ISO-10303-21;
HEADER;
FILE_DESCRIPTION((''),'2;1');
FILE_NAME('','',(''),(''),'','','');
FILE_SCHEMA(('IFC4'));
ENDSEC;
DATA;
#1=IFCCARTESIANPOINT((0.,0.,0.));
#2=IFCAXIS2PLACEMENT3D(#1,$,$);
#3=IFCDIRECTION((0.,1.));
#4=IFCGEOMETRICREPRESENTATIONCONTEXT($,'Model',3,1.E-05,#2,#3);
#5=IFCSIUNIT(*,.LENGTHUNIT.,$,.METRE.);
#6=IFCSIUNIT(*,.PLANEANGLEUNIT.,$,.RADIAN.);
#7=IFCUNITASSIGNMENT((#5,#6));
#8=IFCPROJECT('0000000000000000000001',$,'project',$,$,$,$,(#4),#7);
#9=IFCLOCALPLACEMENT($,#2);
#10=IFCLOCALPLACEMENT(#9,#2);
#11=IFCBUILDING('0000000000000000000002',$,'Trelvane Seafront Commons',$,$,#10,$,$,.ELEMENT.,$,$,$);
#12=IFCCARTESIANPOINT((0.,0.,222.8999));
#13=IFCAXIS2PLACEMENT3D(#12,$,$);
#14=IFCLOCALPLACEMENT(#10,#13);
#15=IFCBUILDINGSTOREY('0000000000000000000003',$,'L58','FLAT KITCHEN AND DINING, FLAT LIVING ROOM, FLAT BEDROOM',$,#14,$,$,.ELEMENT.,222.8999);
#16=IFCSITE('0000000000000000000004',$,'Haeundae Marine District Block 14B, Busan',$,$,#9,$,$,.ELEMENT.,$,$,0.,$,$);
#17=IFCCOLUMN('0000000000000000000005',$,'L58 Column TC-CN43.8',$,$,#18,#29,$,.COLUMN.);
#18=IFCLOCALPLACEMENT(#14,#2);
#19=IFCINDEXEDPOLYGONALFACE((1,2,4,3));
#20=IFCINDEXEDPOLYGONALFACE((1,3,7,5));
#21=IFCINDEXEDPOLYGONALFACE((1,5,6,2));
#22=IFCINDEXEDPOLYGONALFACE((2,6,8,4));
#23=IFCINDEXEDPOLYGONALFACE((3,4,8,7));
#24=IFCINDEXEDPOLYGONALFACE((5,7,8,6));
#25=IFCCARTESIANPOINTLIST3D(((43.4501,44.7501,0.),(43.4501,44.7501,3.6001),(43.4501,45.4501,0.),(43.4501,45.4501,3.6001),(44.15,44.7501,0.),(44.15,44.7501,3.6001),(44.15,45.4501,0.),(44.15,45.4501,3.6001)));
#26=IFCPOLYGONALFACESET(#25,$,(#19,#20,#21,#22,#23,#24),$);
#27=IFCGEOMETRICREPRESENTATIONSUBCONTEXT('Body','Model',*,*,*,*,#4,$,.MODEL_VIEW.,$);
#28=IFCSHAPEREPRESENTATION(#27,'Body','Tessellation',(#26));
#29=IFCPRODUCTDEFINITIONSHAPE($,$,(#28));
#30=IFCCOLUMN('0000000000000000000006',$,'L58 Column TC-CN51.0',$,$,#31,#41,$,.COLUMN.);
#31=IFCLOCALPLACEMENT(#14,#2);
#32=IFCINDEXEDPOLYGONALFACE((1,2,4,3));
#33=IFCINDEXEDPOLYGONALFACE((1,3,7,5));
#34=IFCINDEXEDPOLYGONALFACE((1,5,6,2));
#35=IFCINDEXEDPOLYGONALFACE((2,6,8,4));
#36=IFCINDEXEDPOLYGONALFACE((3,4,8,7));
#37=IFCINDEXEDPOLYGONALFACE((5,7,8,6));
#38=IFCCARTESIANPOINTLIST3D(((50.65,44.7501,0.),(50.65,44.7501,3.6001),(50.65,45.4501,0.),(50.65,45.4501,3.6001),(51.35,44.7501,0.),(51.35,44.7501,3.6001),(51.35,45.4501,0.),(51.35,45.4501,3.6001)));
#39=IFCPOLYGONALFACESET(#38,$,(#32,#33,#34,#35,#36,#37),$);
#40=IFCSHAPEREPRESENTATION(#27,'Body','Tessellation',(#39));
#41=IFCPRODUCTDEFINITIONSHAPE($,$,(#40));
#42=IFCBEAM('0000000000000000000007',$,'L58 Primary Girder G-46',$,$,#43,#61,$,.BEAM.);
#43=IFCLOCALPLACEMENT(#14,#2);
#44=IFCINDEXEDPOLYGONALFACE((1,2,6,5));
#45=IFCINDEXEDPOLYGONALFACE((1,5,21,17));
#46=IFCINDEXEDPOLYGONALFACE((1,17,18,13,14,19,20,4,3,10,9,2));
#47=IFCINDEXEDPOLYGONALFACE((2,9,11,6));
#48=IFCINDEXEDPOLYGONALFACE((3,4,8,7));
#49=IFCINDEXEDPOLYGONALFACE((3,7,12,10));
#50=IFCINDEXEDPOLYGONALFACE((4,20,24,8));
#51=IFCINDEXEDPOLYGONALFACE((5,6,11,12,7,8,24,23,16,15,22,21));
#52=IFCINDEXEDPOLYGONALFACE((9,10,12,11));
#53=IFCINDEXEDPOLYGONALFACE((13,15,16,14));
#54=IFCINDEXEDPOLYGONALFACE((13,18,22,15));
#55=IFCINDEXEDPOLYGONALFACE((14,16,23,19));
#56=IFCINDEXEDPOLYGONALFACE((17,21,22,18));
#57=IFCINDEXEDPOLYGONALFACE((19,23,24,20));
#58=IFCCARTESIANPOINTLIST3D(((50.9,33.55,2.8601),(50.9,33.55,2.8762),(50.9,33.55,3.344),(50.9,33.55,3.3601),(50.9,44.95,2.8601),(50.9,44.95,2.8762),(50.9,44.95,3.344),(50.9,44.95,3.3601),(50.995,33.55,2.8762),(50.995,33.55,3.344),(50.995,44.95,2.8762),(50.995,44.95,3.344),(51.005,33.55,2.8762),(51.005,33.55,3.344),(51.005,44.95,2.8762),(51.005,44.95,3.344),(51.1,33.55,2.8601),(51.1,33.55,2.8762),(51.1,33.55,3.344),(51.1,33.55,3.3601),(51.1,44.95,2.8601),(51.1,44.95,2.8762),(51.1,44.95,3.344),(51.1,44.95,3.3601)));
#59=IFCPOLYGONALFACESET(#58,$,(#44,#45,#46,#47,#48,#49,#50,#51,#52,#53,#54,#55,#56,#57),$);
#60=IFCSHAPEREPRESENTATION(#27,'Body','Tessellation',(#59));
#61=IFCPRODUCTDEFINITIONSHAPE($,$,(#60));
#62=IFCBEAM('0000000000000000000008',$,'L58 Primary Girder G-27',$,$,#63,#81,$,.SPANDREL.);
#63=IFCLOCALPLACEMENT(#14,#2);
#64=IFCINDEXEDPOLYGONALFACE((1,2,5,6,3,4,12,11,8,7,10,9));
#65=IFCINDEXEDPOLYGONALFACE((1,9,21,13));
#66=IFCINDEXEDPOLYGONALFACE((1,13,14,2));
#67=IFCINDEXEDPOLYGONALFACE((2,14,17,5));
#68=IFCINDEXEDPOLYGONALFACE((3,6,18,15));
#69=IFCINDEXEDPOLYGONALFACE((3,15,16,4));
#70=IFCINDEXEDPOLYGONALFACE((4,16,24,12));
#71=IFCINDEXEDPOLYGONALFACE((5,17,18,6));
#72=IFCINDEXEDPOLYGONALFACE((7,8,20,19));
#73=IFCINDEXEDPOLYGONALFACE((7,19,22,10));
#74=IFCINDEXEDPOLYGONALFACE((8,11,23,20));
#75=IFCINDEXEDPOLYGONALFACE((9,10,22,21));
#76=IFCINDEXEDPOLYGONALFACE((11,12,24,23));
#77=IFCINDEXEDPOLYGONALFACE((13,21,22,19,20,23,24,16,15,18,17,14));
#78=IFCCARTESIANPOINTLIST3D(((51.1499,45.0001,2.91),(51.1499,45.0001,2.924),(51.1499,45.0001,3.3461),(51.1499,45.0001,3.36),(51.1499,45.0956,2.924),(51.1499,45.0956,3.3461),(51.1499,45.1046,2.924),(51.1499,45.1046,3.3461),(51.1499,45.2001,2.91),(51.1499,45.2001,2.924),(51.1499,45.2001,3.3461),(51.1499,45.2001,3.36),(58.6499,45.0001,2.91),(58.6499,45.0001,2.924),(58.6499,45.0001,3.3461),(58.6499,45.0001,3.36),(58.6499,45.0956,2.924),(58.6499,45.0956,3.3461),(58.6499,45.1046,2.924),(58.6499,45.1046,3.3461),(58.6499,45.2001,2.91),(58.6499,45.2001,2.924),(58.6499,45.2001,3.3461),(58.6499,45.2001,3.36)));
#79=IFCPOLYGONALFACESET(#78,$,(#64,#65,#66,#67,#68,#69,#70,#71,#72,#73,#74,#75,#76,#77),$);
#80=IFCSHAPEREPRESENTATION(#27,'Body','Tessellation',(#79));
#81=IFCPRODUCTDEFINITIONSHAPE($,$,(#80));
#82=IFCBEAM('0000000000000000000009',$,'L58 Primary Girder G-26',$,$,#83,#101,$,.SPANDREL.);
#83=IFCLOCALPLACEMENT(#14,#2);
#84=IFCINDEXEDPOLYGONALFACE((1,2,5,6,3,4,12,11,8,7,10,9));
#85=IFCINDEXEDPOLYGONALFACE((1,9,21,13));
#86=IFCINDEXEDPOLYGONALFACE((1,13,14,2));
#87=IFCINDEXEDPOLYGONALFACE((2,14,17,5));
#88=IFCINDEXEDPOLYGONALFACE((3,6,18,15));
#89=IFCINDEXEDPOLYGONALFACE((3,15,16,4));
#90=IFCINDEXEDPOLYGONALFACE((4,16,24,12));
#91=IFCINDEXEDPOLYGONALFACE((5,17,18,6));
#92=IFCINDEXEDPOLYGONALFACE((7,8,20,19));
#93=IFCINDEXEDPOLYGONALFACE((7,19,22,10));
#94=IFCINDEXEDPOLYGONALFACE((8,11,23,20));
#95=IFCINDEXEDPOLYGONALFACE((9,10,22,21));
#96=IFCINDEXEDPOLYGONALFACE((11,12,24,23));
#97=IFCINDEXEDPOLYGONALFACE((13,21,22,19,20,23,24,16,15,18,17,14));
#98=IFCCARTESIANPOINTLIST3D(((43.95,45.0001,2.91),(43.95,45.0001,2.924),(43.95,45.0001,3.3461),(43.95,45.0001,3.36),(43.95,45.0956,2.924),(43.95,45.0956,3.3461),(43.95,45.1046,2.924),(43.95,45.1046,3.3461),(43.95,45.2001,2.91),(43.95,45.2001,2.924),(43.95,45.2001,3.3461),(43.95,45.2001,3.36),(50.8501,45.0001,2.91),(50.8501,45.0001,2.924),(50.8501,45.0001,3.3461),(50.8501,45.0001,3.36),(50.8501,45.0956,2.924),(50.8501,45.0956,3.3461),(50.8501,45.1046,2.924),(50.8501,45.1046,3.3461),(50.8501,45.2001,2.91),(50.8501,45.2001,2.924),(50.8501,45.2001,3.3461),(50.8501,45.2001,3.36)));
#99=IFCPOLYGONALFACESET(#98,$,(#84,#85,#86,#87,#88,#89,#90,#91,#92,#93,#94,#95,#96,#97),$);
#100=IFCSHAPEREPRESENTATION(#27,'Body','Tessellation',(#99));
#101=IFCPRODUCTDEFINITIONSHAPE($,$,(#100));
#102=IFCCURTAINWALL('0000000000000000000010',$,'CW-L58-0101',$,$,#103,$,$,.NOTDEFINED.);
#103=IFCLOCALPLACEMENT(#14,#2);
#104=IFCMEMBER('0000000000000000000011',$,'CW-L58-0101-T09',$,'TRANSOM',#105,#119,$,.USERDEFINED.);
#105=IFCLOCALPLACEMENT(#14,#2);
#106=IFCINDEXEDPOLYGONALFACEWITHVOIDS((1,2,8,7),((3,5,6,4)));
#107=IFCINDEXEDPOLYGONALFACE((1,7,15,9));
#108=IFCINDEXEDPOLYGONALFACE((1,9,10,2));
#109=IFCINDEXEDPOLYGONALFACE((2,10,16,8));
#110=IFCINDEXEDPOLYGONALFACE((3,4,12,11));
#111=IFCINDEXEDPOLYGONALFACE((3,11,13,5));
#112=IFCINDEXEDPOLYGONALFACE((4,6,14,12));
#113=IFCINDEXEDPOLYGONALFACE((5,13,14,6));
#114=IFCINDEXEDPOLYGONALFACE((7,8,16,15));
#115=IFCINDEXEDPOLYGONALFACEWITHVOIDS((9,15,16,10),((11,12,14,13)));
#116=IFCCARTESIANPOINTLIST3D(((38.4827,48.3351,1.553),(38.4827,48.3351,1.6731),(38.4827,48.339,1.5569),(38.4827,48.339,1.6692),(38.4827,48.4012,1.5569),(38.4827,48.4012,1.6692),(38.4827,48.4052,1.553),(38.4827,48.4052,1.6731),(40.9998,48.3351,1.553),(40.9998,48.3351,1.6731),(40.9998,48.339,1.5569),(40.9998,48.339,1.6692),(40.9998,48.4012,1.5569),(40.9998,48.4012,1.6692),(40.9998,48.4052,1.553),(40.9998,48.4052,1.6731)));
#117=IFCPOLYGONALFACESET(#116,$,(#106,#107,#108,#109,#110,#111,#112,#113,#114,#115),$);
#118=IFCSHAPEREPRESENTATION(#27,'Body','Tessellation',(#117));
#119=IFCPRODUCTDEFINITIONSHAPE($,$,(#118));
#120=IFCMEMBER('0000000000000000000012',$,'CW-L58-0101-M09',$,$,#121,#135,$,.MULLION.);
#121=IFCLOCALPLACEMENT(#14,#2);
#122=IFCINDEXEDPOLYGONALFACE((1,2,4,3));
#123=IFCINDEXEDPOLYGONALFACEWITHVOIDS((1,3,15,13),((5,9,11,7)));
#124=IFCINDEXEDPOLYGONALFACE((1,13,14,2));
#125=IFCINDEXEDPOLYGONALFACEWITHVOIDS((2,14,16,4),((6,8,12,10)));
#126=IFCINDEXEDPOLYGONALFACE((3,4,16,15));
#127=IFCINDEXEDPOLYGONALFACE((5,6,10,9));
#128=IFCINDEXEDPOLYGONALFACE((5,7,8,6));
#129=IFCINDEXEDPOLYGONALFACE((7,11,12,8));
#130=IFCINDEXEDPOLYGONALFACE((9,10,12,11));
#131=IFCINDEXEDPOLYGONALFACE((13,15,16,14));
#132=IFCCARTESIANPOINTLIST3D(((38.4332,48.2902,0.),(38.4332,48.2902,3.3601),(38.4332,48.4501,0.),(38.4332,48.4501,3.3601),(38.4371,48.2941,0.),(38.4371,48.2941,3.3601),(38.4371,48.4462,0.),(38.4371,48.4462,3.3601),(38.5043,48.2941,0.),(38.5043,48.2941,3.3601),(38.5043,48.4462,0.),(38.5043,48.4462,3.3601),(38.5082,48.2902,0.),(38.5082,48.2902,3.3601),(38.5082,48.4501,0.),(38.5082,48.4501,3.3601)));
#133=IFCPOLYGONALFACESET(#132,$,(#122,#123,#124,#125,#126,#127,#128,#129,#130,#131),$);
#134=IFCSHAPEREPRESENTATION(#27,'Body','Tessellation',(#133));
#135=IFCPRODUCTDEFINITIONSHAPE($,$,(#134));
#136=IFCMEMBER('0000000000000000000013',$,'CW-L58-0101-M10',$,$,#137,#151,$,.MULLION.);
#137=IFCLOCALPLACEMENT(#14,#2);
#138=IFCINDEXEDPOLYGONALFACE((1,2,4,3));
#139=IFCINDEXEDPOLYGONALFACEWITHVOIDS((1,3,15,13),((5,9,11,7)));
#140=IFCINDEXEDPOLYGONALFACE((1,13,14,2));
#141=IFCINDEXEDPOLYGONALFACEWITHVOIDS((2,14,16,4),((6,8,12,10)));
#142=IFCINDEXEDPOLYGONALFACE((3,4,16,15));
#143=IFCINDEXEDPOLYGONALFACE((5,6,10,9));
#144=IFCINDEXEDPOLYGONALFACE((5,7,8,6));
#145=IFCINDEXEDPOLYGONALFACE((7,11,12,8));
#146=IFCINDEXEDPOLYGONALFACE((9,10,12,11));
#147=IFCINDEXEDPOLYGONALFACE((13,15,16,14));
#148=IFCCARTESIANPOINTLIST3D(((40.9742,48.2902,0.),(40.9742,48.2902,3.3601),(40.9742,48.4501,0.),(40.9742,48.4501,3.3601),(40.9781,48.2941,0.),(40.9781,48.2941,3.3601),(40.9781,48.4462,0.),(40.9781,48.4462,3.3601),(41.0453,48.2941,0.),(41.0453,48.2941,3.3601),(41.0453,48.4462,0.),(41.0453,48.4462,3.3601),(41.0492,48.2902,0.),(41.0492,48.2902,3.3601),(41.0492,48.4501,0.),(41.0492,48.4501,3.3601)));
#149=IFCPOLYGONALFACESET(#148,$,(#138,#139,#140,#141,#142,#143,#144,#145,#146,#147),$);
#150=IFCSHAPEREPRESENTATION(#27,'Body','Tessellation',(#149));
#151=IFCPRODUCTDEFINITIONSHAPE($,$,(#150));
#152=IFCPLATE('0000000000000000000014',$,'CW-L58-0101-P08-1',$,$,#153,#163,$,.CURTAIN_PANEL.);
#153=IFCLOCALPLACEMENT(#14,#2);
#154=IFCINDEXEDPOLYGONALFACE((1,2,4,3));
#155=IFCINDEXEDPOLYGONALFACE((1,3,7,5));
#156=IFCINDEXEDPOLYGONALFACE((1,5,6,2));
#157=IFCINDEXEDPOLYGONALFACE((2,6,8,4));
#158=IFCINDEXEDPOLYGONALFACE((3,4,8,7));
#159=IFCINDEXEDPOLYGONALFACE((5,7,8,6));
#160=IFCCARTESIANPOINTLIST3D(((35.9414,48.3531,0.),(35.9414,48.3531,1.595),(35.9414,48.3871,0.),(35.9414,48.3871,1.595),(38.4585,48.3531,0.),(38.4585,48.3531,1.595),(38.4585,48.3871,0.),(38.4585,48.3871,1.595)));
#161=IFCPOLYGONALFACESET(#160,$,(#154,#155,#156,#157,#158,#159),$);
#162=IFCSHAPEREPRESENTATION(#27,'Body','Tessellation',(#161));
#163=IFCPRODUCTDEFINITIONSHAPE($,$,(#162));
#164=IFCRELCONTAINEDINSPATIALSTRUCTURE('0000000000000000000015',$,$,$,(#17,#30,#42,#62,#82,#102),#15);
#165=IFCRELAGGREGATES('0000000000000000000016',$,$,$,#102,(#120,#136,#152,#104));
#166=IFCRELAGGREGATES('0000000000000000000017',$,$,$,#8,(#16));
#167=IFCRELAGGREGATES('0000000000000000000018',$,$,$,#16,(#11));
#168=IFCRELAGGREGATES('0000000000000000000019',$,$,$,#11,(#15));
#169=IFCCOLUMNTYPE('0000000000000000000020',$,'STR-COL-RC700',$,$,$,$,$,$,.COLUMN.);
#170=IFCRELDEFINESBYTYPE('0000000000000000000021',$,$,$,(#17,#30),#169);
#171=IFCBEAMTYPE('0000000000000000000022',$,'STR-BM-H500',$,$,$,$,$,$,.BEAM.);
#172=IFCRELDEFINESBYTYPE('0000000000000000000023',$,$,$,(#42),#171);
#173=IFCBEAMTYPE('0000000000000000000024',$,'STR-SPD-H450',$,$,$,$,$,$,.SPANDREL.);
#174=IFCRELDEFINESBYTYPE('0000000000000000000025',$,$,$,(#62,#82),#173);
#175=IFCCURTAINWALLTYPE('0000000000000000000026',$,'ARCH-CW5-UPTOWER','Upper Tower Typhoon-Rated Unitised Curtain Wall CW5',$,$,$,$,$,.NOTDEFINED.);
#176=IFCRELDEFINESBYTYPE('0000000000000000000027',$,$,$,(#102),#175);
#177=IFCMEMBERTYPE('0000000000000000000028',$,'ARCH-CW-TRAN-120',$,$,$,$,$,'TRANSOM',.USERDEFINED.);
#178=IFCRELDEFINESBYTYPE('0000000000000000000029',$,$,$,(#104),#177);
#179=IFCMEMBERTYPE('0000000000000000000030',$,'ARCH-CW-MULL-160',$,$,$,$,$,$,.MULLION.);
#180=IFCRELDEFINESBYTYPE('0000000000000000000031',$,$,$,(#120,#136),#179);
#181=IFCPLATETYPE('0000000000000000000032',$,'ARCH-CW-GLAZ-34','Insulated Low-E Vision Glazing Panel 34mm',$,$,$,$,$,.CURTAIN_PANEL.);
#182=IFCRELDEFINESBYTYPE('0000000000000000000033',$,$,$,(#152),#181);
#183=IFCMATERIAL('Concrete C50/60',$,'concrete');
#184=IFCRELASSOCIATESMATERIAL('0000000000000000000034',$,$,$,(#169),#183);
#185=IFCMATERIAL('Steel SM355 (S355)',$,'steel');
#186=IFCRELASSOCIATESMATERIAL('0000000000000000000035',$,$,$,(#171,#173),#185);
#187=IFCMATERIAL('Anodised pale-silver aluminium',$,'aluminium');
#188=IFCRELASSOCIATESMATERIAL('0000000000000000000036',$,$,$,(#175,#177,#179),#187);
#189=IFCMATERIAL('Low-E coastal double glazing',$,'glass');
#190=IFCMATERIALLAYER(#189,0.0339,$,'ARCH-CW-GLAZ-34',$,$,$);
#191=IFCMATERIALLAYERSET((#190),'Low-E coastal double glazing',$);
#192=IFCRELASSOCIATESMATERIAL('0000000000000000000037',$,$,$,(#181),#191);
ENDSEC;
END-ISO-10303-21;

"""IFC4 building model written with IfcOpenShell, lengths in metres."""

from ifc_helpers import new_model, si_unit, direction, frame, origin, origin_2d, place, context, subcontext, project, spatial, rectangle, hollow_rectangle, i_section, extrude, source, transform, mapped, material, layer, layer_set, material_profile, profile_set, type_object, element, aggregate, save


model = new_model("IFC4")

# Units and contexts
model_context = context("Model", 3, precision=1e-05, world=origin(), true_north=direction((0.0, 1.0)))
body_context = subcontext(model_context, "Body", "Model", "MODEL_VIEW")
ifc_project = project(units=[si_unit("LENGTHUNIT", "METRE"), si_unit("PLANEANGLEUNIT", "RADIAN")], contexts=[model_context])

# Site, building, storey
site_placement = place(None, origin())
site = spatial("IfcSite", under=ifc_project, at=site_placement, Name="Haeundae Marine District Block 14B, Busan", CompositionType="ELEMENT", RefElevation=0.0)
building_placement = place(site_placement, origin())
building = spatial("IfcBuilding", under=site, at=building_placement, Name="Trelvane Seafront Commons", CompositionType="ELEMENT")
storey_placement = place(building_placement, frame((0.0, 0.0, 222.8999)))
storey = spatial("IfcBuildingStorey", under=building, at=storey_placement, Name="L58", Description="FLAT KITCHEN AND DINING, FLAT LIVING ROOM, FLAT BEDROOM", CompositionType="ELEMENT", Elevation=222.8999)

# Columns
ifc_material_1 = material(Name="Concrete C50/60", Category="concrete")
ifc_material_profile_1 = material_profile(ifc_material_1, rectangle(XDim=0.7, YDim=0.7, at=origin_2d()), Name="RC-700x700")
ifc_profile_set_1 = profile_set([ifc_material_profile_1], Name="Concrete C50/60")
column_type = type_object("IfcColumnType", Name="STR-COL-RC700", PredefinedType="COLUMN", material=ifc_profile_set_1)
shared_shape_1 = source(origin(), body_context, "Body", "SweptSolid", [
    extrude(rectangle(XDim=0.7, YDim=0.7, at=origin_2d()), origin(), (0.0, 0.0, 1.0), 3.6001),
])
for number, where, z_axis, x_axis, name in (
    (1, (43.8, 45.1001, 0.0), (0.0, 0.0, 1.0), (1.0, 0.0, 0.0), "L58 Column TC-CN43.8"),
    (2, (51.0, 45.1001, 0.0), (0.0, 0.0, 1.0), (1.0, 0.0, 0.0), "L58 Column TC-CN51.0"),
):
    element("IfcColumn", number, at=place(storey_placement, frame(where, z_axis=z_axis, x_axis=x_axis)), inside=storey, type_object=column_type, Name=name, PredefinedType="COLUMN", context=body_context, shape_type="MappedRepresentation", body=[
        mapped(shared_shape_1, transform((0.0, 0.0, 0.0), x_axis=(1.0, 0.0, 0.0), y_axis=(0.0, 1.0, 0.0), z_axis=(0.0, 0.0, 1.0), scale=1.0)),
    ])

# Beams
ifc_material_2 = material(Name="Steel SM355 (S355)", Category="steel")
ifc_material_profile_2 = material_profile(ifc_material_2, i_section(OverallWidth=0.2, OverallDepth=0.5, WebThickness=0.01, FlangeThickness=0.0161, at=origin_2d()), Name="H-500x200x10x16")
ifc_profile_set_2 = profile_set([ifc_material_profile_2], Name="Steel SM355 (S355)")
beam_type_1 = type_object("IfcBeamType", Name="STR-BM-H500", PredefinedType="BEAM", material=ifc_profile_set_2)
shared_shape_2 = source(origin(), body_context, "Body", "SweptSolid", [
    extrude(i_section(OverallWidth=0.2, OverallDepth=0.5, WebThickness=0.01, FlangeThickness=0.0161, at=origin_2d()), origin(), (0.0, 0.0, 1.0), 11.3999),
])
beam_1_placement = place(storey_placement, frame((51.0, 33.55, 3.1101), z_axis=(0.0, 1.0, 0.0), x_axis=(-1.0, 0.0, 0.0)))
element("IfcBeam", 3, at=beam_1_placement, inside=storey, type_object=beam_type_1, Name="L58 Primary Girder G-46", PredefinedType="BEAM", context=body_context, shape_type="MappedRepresentation", body=[
    mapped(shared_shape_2, transform((0.0, 0.0, 0.0), x_axis=(1.0, 0.0, 0.0), y_axis=(0.0, 1.0, 0.0), z_axis=(0.0, 0.0, 1.0), scale=1.0)),
])
ifc_material_profile_3 = material_profile(ifc_material_2, i_section(OverallWidth=0.2, OverallDepth=0.45, WebThickness=0.009, FlangeThickness=0.0139, at=origin_2d()), Name="H-450x200x9x14")
ifc_profile_set_3 = profile_set([ifc_material_profile_3], Name="Steel SM355 (S355)")
beam_type_2 = type_object("IfcBeamType", Name="STR-SPD-H450", PredefinedType="SPANDREL", material=ifc_profile_set_3)
shared_shape_3 = source(origin(), body_context, "Body", "SweptSolid", [
    extrude(i_section(OverallWidth=0.2, OverallDepth=0.45, WebThickness=0.009, FlangeThickness=0.0139, at=origin_2d()), origin(), (0.0, 0.0, 1.0), 7.5),
])
beam_2_placement = place(storey_placement, frame((51.1499, 45.1001, 3.135), z_axis=(1.0, 0.0, 0.0), x_axis=(0.0, 1.0, 0.0)))
element("IfcBeam", 4, at=beam_2_placement, inside=storey, type_object=beam_type_2, Name="L58 Primary Girder G-27", PredefinedType="SPANDREL", context=body_context, shape_type="MappedRepresentation", body=[
    mapped(shared_shape_3, transform((0.0, 0.0, 0.0), x_axis=(1.0, 0.0, 0.0), y_axis=(0.0, 1.0, 0.0), z_axis=(0.0, 0.0, 1.0), scale=1.0)),
])
shared_shape_4 = source(origin(), body_context, "Body", "SweptSolid", [
    extrude(i_section(OverallWidth=0.2, OverallDepth=0.45, WebThickness=0.009, FlangeThickness=0.0139, at=origin_2d()), origin(), (0.0, 0.0, 1.0), 6.9001),
])
beam_3_placement = place(storey_placement, frame((43.95, 45.1001, 3.135), z_axis=(1.0, 0.0, 0.0), x_axis=(0.0, 1.0, 0.0)))
element("IfcBeam", 5, at=beam_3_placement, inside=storey, type_object=beam_type_2, Name="L58 Primary Girder G-26", PredefinedType="SPANDREL", context=body_context, shape_type="MappedRepresentation", body=[
    mapped(shared_shape_4, transform((0.0, 0.0, 0.0), x_axis=(1.0, 0.0, 0.0), y_axis=(0.0, 1.0, 0.0), z_axis=(0.0, 0.0, 1.0), scale=1.0)),
])

# Curtain wall, members, plate
ifc_material_3 = material(Name="Anodised pale-silver aluminium", Category="aluminium")
curtain_wall_type = type_object("IfcCurtainWallType", Name="ARCH-CW5-UPTOWER", Description="Upper Tower Typhoon-Rated Unitised Curtain Wall CW5", PredefinedType="NOTDEFINED", material=ifc_material_3)
curtain_wall_placement = place(storey_placement, origin())
curtain_wall = element("IfcCurtainWall", 6, at=curtain_wall_placement, inside=storey, type_object=curtain_wall_type, Name="CW-L58-0101", PredefinedType="NOTDEFINED")
ifc_material_profile_4 = material_profile(ifc_material_3, hollow_rectangle(XDim=0.0701, YDim=0.1201, WallThickness=0.0039, at=origin_2d()), Name="TRAN-70x120x4")
ifc_profile_set_4 = profile_set([ifc_material_profile_4], Name="Anodised pale-silver aluminium")
member_type_1 = type_object("IfcMemberType", Name="ARCH-CW-TRAN-120", ElementType="TRANSOM", PredefinedType="USERDEFINED", material=ifc_profile_set_4)
shared_shape_5 = source(origin(), body_context, "Body", "SweptSolid", [
    extrude(hollow_rectangle(XDim=0.0701, YDim=0.1201, WallThickness=0.0039, at=origin_2d()), origin(), (0.0, 0.0, 1.0), 2.5171),
])
member_1_placement = place(storey_placement, frame((38.4827, 48.3701, 1.613), z_axis=(1.0, 0.0, 0.0), x_axis=(0.0, 1.0, 0.0)))
member_1 = element("IfcMember", 7, at=member_1_placement, type_object=member_type_1, Name="CW-L58-0101-T09", ObjectType="TRANSOM", PredefinedType="USERDEFINED", context=body_context, shape_type="MappedRepresentation", body=[
    mapped(shared_shape_5, transform((0.0, 0.0, 0.0), x_axis=(1.0, 0.0, 0.0), y_axis=(0.0, 1.0, 0.0), z_axis=(0.0, 0.0, 1.0), scale=1.0)),
])
ifc_material_profile_5 = material_profile(ifc_material_3, hollow_rectangle(XDim=0.075, YDim=0.1599, WallThickness=0.0039, at=origin_2d()), Name="MULL-75x160x4")
ifc_profile_set_5 = profile_set([ifc_material_profile_5], Name="Anodised pale-silver aluminium")
member_type_2 = type_object("IfcMemberType", Name="ARCH-CW-MULL-160", PredefinedType="MULLION", material=ifc_profile_set_5)
shared_shape_6 = source(origin(), body_context, "Body", "SweptSolid", [
    extrude(hollow_rectangle(XDim=0.075, YDim=0.1599, WallThickness=0.0039, at=origin_2d()), origin(), (0.0, 0.0, 1.0), 3.3601),
])
member_2_placement = place(storey_placement, frame((38.4707, 48.3701, 0.0), z_axis=(0.0, 0.0, 1.0), x_axis=(1.0, 0.0, 0.0)))
member_2 = element("IfcMember", 8, at=member_2_placement, type_object=member_type_2, Name="CW-L58-0101-M09", PredefinedType="MULLION", context=body_context, shape_type="MappedRepresentation", body=[
    mapped(shared_shape_6, transform((0.0, 0.0, 0.0), x_axis=(1.0, 0.0, 0.0), y_axis=(0.0, 1.0, 0.0), z_axis=(0.0, 0.0, 1.0), scale=1.0)),
])
member_3_placement = place(storey_placement, frame((41.0117, 48.3701, 0.0), z_axis=(0.0, 0.0, 1.0), x_axis=(1.0, 0.0, 0.0)))
member_3 = element("IfcMember", 9, at=member_3_placement, type_object=member_type_2, Name="CW-L58-0101-M10", PredefinedType="MULLION", context=body_context, shape_type="MappedRepresentation", body=[
    mapped(shared_shape_6, transform((0.0, 0.0, 0.0), x_axis=(1.0, 0.0, 0.0), y_axis=(0.0, 1.0, 0.0), z_axis=(0.0, 0.0, 1.0), scale=1.0)),
])
ifc_material_4 = material(Name="Low-E coastal double glazing", Category="glass")
ifc_layer_1 = layer(ifc_material_4, 0.0339, Name="ARCH-CW-GLAZ-34")
ifc_layer_set_1 = layer_set([ifc_layer_1], Name="Low-E coastal double glazing")
plate_type = type_object("IfcPlateType", Name="ARCH-CW-GLAZ-34", Description="Insulated Low-E Vision Glazing Panel 34mm", PredefinedType="CURTAIN_PANEL", material=ifc_layer_set_1)
shared_shape_7 = source(origin(), body_context, "Body", "SweptSolid", [
    extrude(rectangle(XDim=2.5171, YDim=0.0339, at=origin_2d()), origin(), (0.0, 0.0, 1.0), 1.595),
])
plate_1_placement = place(storey_placement, frame((37.2, 48.3701, 0.0), z_axis=(0.0, 0.0, 1.0), x_axis=(1.0, 0.0, 0.0)))
plate_1 = element("IfcPlate", 10, at=plate_1_placement, type_object=plate_type, Name="CW-L58-0101-P08-1", PredefinedType="CURTAIN_PANEL", context=body_context, shape_type="MappedRepresentation", body=[
    mapped(shared_shape_7, transform((0.0, 0.0, 0.0), x_axis=(1.0, 0.0, 0.0), y_axis=(0.0, 1.0, 0.0), z_axis=(0.0, 0.0, 1.0), scale=1.0)),
])
aggregate(curtain_wall, [member_2, member_3, plate_1, member_1])

save(model, "model.ifc")
